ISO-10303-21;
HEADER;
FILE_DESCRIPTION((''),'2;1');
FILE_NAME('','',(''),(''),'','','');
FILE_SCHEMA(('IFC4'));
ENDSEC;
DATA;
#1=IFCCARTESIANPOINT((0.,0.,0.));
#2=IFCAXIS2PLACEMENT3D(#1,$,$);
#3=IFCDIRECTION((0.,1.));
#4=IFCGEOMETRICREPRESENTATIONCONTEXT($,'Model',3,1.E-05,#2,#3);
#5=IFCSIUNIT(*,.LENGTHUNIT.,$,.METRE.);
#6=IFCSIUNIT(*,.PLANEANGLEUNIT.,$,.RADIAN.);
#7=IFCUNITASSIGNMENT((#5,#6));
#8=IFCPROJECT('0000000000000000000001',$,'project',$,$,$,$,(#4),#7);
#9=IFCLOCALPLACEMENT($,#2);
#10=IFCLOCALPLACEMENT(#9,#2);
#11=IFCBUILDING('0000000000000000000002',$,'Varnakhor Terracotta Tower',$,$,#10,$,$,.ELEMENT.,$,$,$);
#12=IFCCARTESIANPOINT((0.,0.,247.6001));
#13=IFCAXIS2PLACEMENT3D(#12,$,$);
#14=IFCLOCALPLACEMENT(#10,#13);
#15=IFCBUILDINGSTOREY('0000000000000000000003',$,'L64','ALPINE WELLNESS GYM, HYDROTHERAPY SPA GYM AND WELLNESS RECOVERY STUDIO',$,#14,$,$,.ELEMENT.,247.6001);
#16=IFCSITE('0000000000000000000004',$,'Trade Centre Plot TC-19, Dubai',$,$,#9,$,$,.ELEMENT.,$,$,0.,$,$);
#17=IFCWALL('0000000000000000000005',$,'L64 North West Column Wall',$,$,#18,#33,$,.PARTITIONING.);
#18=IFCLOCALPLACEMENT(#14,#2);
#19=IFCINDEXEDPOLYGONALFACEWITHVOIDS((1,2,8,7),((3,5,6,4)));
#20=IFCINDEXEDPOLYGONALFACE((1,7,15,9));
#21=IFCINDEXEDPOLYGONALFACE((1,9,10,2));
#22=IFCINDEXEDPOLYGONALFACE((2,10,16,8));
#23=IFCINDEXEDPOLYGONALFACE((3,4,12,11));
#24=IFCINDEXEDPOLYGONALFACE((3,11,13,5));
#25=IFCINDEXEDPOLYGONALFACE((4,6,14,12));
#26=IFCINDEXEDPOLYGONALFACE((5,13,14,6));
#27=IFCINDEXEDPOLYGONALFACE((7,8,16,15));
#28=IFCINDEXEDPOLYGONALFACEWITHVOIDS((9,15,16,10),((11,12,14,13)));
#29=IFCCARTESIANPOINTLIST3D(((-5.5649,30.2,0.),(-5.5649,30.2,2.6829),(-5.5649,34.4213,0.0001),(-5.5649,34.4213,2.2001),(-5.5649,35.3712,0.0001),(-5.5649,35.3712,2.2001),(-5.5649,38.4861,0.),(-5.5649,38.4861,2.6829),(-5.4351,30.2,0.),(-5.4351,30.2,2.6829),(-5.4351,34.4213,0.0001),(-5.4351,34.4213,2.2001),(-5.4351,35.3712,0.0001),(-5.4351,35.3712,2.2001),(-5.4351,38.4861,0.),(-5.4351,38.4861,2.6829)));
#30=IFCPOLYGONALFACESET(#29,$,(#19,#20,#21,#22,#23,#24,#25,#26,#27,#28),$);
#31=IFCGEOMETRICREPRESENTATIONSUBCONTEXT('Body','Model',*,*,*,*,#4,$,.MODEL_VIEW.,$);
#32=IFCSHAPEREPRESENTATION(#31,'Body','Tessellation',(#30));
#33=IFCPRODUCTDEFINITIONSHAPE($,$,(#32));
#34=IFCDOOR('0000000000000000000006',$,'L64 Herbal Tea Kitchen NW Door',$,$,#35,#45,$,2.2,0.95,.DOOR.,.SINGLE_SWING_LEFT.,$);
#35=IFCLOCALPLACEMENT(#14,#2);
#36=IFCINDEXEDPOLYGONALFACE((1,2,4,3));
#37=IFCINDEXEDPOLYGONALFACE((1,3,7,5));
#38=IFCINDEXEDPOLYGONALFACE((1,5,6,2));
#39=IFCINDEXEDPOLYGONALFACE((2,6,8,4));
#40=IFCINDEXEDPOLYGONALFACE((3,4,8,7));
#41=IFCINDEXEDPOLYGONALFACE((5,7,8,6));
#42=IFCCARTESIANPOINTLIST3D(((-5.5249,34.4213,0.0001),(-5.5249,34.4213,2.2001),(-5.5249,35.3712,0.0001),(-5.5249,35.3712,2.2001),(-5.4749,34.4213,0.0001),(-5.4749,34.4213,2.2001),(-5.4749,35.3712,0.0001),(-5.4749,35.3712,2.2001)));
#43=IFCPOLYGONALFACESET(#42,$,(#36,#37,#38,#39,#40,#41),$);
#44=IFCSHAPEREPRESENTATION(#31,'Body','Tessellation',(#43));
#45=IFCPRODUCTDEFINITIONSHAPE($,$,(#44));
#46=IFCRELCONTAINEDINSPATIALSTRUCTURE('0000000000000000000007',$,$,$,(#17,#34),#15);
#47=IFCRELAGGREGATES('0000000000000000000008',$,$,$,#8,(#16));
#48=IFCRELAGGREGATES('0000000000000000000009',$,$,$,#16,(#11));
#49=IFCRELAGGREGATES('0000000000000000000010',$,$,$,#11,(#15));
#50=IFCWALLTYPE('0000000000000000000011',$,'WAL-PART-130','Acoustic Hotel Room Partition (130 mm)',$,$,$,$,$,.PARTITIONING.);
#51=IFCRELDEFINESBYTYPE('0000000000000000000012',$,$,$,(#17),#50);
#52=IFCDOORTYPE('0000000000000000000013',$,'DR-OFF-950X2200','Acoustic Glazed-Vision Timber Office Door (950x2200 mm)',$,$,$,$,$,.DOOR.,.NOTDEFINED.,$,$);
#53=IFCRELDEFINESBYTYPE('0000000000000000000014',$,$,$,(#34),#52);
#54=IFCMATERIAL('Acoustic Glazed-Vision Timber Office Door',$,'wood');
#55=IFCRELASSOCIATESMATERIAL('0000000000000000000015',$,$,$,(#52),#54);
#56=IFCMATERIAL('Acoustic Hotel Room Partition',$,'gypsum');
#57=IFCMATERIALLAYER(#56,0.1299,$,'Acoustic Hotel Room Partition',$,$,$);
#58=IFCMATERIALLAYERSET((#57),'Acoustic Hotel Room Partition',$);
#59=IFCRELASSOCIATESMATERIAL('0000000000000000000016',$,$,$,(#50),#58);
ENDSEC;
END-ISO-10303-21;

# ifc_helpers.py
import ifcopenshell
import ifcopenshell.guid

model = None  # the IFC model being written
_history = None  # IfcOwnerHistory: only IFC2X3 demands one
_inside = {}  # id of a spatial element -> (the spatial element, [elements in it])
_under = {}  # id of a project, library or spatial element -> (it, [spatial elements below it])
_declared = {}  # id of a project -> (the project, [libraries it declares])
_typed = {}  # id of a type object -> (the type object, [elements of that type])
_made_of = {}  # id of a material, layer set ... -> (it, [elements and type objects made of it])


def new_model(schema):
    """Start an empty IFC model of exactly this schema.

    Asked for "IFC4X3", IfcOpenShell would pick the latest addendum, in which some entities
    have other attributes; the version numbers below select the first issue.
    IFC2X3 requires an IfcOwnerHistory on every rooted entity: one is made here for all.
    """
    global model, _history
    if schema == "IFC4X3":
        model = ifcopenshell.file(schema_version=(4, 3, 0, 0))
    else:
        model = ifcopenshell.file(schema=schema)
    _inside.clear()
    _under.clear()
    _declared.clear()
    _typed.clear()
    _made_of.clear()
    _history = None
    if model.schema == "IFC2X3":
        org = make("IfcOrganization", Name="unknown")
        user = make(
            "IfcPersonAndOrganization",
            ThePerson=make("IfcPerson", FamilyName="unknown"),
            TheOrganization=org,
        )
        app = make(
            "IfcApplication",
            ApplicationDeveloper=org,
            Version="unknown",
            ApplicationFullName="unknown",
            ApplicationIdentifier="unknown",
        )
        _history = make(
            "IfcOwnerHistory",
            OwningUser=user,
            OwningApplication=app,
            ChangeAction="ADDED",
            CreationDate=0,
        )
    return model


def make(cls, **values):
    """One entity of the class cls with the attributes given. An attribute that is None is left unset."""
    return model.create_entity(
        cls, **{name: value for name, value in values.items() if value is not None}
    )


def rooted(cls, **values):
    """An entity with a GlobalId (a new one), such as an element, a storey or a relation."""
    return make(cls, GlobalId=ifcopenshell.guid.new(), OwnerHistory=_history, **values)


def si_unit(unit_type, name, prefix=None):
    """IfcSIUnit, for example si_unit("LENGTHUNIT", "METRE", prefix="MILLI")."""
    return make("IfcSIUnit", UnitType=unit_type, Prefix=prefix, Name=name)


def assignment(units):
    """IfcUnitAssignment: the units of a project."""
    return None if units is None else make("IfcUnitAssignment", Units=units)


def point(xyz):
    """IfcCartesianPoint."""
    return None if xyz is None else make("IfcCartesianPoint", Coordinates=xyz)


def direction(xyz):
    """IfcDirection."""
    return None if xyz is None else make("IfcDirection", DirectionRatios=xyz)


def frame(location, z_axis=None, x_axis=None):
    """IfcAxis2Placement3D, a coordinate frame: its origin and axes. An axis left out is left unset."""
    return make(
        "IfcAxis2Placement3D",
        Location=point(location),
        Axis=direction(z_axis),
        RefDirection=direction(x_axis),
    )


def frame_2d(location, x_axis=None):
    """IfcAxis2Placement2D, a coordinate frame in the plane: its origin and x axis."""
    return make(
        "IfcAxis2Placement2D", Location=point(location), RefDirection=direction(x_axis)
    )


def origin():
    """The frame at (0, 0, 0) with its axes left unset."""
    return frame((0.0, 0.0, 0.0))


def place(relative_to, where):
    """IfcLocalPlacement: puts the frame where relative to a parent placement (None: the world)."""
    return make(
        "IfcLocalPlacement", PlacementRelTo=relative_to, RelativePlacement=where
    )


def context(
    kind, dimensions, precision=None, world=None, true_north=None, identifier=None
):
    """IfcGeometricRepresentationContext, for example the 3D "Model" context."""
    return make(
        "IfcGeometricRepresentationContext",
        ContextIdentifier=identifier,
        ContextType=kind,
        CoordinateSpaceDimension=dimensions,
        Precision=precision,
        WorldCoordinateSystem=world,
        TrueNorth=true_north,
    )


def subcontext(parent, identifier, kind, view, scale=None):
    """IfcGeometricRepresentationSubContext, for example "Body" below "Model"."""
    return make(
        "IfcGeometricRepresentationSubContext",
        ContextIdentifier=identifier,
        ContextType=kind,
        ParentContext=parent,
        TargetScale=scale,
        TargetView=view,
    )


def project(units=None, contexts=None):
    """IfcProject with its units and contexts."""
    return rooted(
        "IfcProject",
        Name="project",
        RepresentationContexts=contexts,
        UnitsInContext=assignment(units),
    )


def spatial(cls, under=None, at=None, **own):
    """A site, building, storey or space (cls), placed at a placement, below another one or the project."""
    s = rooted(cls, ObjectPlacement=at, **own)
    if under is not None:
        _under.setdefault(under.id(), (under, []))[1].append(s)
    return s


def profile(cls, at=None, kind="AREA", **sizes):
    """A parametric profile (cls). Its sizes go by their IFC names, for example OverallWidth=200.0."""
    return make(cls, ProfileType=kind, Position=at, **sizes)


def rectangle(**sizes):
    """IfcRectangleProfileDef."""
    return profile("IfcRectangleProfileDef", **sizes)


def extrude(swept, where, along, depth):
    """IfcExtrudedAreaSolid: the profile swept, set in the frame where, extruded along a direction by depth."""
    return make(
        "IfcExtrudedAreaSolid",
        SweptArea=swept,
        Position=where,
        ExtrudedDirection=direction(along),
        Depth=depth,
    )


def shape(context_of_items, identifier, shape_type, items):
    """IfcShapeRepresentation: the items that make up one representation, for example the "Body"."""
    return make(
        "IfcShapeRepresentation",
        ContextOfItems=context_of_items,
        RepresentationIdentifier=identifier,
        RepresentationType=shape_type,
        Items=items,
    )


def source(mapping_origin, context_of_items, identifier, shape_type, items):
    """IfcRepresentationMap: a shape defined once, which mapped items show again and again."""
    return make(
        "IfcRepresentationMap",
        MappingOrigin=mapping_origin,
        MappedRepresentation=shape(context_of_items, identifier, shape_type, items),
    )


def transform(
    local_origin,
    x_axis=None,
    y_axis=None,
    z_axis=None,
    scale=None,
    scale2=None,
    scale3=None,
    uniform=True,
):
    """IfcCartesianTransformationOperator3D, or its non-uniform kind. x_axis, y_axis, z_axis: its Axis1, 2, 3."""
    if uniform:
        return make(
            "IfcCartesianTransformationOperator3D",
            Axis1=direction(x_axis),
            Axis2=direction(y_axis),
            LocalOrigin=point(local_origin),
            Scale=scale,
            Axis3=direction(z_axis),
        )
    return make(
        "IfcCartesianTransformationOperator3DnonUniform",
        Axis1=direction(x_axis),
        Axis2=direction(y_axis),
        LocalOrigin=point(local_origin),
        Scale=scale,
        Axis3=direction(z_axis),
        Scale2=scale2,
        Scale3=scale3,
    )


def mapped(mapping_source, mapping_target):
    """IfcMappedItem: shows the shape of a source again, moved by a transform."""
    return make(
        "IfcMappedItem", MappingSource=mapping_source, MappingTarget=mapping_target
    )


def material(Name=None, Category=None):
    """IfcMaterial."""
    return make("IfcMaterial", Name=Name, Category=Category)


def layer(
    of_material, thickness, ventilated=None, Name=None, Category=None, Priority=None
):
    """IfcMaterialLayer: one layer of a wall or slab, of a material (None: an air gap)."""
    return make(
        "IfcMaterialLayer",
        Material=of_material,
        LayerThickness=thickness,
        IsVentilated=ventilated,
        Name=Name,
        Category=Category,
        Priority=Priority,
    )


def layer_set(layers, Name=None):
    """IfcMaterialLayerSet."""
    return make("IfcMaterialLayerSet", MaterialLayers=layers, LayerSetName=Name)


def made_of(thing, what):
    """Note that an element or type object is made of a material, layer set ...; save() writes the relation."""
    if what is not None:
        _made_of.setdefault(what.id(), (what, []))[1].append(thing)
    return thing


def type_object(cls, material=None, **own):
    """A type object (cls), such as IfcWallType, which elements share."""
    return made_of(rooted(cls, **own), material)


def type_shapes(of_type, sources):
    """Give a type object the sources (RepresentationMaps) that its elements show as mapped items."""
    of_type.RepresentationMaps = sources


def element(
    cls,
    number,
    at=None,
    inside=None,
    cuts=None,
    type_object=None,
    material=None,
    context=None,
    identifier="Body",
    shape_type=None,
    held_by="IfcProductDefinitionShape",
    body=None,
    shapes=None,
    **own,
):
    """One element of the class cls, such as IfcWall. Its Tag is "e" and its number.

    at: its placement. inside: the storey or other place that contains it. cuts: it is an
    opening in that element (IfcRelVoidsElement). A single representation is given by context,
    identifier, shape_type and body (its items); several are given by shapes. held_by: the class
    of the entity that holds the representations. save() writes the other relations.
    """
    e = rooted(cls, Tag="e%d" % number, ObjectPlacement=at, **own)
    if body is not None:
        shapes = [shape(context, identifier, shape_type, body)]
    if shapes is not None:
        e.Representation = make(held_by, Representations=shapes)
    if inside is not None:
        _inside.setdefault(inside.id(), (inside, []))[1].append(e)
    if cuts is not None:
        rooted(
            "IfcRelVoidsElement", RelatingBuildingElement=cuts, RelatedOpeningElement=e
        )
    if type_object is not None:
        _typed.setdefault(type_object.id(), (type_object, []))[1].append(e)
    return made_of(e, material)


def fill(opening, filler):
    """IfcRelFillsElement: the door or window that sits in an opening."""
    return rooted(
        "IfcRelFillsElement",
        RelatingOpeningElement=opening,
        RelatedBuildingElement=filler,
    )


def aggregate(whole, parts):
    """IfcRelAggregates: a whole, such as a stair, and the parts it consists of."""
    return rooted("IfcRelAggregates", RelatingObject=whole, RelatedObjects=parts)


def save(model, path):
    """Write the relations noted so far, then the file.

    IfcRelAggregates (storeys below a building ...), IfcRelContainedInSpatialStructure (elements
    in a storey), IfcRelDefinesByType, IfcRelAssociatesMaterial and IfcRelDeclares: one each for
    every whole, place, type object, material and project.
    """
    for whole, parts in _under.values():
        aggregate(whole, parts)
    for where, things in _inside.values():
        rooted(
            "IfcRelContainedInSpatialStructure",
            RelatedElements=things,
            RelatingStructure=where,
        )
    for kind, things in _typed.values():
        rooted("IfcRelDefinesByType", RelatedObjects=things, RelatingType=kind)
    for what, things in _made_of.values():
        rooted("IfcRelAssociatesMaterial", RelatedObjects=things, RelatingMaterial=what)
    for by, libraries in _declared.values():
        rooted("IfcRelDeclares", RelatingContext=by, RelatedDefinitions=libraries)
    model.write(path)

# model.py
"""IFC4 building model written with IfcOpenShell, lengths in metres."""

from ifc_helpers import new_model, si_unit, direction, frame, frame_2d, origin, place, context, subcontext, project, spatial, rectangle, extrude, source, transform, mapped, material, layer, layer_set, type_object, type_shapes, element, fill, save


model = new_model("IFC4")

# Units and contexts
model_context = context("Model", 3, precision=1e-05, world=origin(), true_north=direction((0.0, 1.0)))
body_context = subcontext(model_context, "Body", "Model", "MODEL_VIEW")
ifc_project = project(units=[si_unit("LENGTHUNIT", "METRE"), si_unit("PLANEANGLEUNIT", "RADIAN")], contexts=[model_context])

# Site, building, storey
site_placement = place(None, origin())
site = spatial("IfcSite", under=ifc_project, at=site_placement, Name="Trade Centre Plot TC-19, Dubai", CompositionType="ELEMENT", RefElevation=0.0)
building_placement = place(site_placement, origin())
building = spatial("IfcBuilding", under=site, at=building_placement, Name="Varnakhor Terracotta Tower", CompositionType="ELEMENT")
storey_placement = place(building_placement, frame((0.0, 0.0, 247.6001)))
storey = spatial("IfcBuildingStorey", under=building, at=storey_placement, Name="L64", Description="ALPINE WELLNESS GYM, HYDROTHERAPY SPA GYM AND WELLNESS RECOVERY STUDIO", CompositionType="ELEMENT", Elevation=247.6001)

# Shared definitions
ifc_material_1 = material(Name="Acoustic Glazed-Vision Timber Office Door", Category="wood")
door_type_1 = type_object("IfcDoorType", Name="DR-OFF-950X2200", Description="Acoustic Glazed-Vision Timber Office Door (950x2200 mm)", OperationType="NOTDEFINED", PredefinedType="DOOR", material=ifc_material_1)
shared_shape_1 = source(origin(), body_context, "Body", "SweptSolid", [
    extrude(rectangle(XDim=0.95, YDim=2.2, at=frame_2d((0.4751, 1.1001))), frame((0.0, 0.0249, 0.0), z_axis=(0.0, -1.0, 0.0), x_axis=(1.0, 0.0, 0.0)), (0.0, 0.0, 1.0), 0.05),
])
type_shapes(door_type_1, [shared_shape_1])

# Shared definitions
ifc_material_2 = material(Name="Acoustic Hotel Room Partition", Category="gypsum")
ifc_layer_1 = layer(ifc_material_2, 0.1299, Name="Acoustic Hotel Room Partition")
ifc_layer_set_1 = layer_set([ifc_layer_1], Name="Acoustic Hotel Room Partition")
wall_type_1 = type_object("IfcWallType", Name="WAL-PART-130", Description="Acoustic Hotel Room Partition (130 mm)", PredefinedType="PARTITIONING", material=ifc_layer_set_1)

# Wall, opening, door
wall_1_placement = place(storey_placement, frame((-5.5, 30.2, 0.0), z_axis=(0.0, 0.0, 1.0), x_axis=(0.0, 1.0, 0.0)))
wall_1 = element("IfcWall", 1, at=wall_1_placement, inside=storey, type_object=wall_type_1, Name="L64 North West Column Wall", PredefinedType="PARTITIONING", context=body_context, shape_type="SweptSolid", body=[
    extrude(rectangle(XDim=8.2861, YDim=0.1299, at=frame_2d((4.1431, 0.0))), origin(), (0.0, 0.0, 1.0), 2.6829),
])
opening_1_placement = place(wall_1_placement, frame((4.2212, 0.0, 0.0)))
opening_1 = element("IfcOpeningElement", 2, at=opening_1_placement, cuts=wall_1, PredefinedType="OPENING", context=body_context, shape_type="SweptSolid", body=[
    extrude(rectangle(XDim=0.95, YDim=2.2, at=frame_2d((0.4751, 1.1001))), frame((0.0, 0.075, 0.0), z_axis=(0.0, -1.0, 0.0), x_axis=(1.0, 0.0, 0.0)), (0.0, 0.0, 1.0), 0.1499),
])
door_1_placement = place(opening_1_placement, origin())
door_1 = element("IfcDoor", 3, at=door_1_placement, inside=storey, type_object=door_type_1, Name="L64 Herbal Tea Kitchen NW Door", OperationType="SINGLE_SWING_LEFT", OverallHeight=2.2, OverallWidth=0.95, PredefinedType="DOOR", context=body_context, shape_type="MappedRepresentation", body=[
    mapped(shared_shape_1, transform((0.0, 0.0, 0.0), scale=1.0)),
])
fill(opening_1, door_1)

save(model, "model.ifc")
